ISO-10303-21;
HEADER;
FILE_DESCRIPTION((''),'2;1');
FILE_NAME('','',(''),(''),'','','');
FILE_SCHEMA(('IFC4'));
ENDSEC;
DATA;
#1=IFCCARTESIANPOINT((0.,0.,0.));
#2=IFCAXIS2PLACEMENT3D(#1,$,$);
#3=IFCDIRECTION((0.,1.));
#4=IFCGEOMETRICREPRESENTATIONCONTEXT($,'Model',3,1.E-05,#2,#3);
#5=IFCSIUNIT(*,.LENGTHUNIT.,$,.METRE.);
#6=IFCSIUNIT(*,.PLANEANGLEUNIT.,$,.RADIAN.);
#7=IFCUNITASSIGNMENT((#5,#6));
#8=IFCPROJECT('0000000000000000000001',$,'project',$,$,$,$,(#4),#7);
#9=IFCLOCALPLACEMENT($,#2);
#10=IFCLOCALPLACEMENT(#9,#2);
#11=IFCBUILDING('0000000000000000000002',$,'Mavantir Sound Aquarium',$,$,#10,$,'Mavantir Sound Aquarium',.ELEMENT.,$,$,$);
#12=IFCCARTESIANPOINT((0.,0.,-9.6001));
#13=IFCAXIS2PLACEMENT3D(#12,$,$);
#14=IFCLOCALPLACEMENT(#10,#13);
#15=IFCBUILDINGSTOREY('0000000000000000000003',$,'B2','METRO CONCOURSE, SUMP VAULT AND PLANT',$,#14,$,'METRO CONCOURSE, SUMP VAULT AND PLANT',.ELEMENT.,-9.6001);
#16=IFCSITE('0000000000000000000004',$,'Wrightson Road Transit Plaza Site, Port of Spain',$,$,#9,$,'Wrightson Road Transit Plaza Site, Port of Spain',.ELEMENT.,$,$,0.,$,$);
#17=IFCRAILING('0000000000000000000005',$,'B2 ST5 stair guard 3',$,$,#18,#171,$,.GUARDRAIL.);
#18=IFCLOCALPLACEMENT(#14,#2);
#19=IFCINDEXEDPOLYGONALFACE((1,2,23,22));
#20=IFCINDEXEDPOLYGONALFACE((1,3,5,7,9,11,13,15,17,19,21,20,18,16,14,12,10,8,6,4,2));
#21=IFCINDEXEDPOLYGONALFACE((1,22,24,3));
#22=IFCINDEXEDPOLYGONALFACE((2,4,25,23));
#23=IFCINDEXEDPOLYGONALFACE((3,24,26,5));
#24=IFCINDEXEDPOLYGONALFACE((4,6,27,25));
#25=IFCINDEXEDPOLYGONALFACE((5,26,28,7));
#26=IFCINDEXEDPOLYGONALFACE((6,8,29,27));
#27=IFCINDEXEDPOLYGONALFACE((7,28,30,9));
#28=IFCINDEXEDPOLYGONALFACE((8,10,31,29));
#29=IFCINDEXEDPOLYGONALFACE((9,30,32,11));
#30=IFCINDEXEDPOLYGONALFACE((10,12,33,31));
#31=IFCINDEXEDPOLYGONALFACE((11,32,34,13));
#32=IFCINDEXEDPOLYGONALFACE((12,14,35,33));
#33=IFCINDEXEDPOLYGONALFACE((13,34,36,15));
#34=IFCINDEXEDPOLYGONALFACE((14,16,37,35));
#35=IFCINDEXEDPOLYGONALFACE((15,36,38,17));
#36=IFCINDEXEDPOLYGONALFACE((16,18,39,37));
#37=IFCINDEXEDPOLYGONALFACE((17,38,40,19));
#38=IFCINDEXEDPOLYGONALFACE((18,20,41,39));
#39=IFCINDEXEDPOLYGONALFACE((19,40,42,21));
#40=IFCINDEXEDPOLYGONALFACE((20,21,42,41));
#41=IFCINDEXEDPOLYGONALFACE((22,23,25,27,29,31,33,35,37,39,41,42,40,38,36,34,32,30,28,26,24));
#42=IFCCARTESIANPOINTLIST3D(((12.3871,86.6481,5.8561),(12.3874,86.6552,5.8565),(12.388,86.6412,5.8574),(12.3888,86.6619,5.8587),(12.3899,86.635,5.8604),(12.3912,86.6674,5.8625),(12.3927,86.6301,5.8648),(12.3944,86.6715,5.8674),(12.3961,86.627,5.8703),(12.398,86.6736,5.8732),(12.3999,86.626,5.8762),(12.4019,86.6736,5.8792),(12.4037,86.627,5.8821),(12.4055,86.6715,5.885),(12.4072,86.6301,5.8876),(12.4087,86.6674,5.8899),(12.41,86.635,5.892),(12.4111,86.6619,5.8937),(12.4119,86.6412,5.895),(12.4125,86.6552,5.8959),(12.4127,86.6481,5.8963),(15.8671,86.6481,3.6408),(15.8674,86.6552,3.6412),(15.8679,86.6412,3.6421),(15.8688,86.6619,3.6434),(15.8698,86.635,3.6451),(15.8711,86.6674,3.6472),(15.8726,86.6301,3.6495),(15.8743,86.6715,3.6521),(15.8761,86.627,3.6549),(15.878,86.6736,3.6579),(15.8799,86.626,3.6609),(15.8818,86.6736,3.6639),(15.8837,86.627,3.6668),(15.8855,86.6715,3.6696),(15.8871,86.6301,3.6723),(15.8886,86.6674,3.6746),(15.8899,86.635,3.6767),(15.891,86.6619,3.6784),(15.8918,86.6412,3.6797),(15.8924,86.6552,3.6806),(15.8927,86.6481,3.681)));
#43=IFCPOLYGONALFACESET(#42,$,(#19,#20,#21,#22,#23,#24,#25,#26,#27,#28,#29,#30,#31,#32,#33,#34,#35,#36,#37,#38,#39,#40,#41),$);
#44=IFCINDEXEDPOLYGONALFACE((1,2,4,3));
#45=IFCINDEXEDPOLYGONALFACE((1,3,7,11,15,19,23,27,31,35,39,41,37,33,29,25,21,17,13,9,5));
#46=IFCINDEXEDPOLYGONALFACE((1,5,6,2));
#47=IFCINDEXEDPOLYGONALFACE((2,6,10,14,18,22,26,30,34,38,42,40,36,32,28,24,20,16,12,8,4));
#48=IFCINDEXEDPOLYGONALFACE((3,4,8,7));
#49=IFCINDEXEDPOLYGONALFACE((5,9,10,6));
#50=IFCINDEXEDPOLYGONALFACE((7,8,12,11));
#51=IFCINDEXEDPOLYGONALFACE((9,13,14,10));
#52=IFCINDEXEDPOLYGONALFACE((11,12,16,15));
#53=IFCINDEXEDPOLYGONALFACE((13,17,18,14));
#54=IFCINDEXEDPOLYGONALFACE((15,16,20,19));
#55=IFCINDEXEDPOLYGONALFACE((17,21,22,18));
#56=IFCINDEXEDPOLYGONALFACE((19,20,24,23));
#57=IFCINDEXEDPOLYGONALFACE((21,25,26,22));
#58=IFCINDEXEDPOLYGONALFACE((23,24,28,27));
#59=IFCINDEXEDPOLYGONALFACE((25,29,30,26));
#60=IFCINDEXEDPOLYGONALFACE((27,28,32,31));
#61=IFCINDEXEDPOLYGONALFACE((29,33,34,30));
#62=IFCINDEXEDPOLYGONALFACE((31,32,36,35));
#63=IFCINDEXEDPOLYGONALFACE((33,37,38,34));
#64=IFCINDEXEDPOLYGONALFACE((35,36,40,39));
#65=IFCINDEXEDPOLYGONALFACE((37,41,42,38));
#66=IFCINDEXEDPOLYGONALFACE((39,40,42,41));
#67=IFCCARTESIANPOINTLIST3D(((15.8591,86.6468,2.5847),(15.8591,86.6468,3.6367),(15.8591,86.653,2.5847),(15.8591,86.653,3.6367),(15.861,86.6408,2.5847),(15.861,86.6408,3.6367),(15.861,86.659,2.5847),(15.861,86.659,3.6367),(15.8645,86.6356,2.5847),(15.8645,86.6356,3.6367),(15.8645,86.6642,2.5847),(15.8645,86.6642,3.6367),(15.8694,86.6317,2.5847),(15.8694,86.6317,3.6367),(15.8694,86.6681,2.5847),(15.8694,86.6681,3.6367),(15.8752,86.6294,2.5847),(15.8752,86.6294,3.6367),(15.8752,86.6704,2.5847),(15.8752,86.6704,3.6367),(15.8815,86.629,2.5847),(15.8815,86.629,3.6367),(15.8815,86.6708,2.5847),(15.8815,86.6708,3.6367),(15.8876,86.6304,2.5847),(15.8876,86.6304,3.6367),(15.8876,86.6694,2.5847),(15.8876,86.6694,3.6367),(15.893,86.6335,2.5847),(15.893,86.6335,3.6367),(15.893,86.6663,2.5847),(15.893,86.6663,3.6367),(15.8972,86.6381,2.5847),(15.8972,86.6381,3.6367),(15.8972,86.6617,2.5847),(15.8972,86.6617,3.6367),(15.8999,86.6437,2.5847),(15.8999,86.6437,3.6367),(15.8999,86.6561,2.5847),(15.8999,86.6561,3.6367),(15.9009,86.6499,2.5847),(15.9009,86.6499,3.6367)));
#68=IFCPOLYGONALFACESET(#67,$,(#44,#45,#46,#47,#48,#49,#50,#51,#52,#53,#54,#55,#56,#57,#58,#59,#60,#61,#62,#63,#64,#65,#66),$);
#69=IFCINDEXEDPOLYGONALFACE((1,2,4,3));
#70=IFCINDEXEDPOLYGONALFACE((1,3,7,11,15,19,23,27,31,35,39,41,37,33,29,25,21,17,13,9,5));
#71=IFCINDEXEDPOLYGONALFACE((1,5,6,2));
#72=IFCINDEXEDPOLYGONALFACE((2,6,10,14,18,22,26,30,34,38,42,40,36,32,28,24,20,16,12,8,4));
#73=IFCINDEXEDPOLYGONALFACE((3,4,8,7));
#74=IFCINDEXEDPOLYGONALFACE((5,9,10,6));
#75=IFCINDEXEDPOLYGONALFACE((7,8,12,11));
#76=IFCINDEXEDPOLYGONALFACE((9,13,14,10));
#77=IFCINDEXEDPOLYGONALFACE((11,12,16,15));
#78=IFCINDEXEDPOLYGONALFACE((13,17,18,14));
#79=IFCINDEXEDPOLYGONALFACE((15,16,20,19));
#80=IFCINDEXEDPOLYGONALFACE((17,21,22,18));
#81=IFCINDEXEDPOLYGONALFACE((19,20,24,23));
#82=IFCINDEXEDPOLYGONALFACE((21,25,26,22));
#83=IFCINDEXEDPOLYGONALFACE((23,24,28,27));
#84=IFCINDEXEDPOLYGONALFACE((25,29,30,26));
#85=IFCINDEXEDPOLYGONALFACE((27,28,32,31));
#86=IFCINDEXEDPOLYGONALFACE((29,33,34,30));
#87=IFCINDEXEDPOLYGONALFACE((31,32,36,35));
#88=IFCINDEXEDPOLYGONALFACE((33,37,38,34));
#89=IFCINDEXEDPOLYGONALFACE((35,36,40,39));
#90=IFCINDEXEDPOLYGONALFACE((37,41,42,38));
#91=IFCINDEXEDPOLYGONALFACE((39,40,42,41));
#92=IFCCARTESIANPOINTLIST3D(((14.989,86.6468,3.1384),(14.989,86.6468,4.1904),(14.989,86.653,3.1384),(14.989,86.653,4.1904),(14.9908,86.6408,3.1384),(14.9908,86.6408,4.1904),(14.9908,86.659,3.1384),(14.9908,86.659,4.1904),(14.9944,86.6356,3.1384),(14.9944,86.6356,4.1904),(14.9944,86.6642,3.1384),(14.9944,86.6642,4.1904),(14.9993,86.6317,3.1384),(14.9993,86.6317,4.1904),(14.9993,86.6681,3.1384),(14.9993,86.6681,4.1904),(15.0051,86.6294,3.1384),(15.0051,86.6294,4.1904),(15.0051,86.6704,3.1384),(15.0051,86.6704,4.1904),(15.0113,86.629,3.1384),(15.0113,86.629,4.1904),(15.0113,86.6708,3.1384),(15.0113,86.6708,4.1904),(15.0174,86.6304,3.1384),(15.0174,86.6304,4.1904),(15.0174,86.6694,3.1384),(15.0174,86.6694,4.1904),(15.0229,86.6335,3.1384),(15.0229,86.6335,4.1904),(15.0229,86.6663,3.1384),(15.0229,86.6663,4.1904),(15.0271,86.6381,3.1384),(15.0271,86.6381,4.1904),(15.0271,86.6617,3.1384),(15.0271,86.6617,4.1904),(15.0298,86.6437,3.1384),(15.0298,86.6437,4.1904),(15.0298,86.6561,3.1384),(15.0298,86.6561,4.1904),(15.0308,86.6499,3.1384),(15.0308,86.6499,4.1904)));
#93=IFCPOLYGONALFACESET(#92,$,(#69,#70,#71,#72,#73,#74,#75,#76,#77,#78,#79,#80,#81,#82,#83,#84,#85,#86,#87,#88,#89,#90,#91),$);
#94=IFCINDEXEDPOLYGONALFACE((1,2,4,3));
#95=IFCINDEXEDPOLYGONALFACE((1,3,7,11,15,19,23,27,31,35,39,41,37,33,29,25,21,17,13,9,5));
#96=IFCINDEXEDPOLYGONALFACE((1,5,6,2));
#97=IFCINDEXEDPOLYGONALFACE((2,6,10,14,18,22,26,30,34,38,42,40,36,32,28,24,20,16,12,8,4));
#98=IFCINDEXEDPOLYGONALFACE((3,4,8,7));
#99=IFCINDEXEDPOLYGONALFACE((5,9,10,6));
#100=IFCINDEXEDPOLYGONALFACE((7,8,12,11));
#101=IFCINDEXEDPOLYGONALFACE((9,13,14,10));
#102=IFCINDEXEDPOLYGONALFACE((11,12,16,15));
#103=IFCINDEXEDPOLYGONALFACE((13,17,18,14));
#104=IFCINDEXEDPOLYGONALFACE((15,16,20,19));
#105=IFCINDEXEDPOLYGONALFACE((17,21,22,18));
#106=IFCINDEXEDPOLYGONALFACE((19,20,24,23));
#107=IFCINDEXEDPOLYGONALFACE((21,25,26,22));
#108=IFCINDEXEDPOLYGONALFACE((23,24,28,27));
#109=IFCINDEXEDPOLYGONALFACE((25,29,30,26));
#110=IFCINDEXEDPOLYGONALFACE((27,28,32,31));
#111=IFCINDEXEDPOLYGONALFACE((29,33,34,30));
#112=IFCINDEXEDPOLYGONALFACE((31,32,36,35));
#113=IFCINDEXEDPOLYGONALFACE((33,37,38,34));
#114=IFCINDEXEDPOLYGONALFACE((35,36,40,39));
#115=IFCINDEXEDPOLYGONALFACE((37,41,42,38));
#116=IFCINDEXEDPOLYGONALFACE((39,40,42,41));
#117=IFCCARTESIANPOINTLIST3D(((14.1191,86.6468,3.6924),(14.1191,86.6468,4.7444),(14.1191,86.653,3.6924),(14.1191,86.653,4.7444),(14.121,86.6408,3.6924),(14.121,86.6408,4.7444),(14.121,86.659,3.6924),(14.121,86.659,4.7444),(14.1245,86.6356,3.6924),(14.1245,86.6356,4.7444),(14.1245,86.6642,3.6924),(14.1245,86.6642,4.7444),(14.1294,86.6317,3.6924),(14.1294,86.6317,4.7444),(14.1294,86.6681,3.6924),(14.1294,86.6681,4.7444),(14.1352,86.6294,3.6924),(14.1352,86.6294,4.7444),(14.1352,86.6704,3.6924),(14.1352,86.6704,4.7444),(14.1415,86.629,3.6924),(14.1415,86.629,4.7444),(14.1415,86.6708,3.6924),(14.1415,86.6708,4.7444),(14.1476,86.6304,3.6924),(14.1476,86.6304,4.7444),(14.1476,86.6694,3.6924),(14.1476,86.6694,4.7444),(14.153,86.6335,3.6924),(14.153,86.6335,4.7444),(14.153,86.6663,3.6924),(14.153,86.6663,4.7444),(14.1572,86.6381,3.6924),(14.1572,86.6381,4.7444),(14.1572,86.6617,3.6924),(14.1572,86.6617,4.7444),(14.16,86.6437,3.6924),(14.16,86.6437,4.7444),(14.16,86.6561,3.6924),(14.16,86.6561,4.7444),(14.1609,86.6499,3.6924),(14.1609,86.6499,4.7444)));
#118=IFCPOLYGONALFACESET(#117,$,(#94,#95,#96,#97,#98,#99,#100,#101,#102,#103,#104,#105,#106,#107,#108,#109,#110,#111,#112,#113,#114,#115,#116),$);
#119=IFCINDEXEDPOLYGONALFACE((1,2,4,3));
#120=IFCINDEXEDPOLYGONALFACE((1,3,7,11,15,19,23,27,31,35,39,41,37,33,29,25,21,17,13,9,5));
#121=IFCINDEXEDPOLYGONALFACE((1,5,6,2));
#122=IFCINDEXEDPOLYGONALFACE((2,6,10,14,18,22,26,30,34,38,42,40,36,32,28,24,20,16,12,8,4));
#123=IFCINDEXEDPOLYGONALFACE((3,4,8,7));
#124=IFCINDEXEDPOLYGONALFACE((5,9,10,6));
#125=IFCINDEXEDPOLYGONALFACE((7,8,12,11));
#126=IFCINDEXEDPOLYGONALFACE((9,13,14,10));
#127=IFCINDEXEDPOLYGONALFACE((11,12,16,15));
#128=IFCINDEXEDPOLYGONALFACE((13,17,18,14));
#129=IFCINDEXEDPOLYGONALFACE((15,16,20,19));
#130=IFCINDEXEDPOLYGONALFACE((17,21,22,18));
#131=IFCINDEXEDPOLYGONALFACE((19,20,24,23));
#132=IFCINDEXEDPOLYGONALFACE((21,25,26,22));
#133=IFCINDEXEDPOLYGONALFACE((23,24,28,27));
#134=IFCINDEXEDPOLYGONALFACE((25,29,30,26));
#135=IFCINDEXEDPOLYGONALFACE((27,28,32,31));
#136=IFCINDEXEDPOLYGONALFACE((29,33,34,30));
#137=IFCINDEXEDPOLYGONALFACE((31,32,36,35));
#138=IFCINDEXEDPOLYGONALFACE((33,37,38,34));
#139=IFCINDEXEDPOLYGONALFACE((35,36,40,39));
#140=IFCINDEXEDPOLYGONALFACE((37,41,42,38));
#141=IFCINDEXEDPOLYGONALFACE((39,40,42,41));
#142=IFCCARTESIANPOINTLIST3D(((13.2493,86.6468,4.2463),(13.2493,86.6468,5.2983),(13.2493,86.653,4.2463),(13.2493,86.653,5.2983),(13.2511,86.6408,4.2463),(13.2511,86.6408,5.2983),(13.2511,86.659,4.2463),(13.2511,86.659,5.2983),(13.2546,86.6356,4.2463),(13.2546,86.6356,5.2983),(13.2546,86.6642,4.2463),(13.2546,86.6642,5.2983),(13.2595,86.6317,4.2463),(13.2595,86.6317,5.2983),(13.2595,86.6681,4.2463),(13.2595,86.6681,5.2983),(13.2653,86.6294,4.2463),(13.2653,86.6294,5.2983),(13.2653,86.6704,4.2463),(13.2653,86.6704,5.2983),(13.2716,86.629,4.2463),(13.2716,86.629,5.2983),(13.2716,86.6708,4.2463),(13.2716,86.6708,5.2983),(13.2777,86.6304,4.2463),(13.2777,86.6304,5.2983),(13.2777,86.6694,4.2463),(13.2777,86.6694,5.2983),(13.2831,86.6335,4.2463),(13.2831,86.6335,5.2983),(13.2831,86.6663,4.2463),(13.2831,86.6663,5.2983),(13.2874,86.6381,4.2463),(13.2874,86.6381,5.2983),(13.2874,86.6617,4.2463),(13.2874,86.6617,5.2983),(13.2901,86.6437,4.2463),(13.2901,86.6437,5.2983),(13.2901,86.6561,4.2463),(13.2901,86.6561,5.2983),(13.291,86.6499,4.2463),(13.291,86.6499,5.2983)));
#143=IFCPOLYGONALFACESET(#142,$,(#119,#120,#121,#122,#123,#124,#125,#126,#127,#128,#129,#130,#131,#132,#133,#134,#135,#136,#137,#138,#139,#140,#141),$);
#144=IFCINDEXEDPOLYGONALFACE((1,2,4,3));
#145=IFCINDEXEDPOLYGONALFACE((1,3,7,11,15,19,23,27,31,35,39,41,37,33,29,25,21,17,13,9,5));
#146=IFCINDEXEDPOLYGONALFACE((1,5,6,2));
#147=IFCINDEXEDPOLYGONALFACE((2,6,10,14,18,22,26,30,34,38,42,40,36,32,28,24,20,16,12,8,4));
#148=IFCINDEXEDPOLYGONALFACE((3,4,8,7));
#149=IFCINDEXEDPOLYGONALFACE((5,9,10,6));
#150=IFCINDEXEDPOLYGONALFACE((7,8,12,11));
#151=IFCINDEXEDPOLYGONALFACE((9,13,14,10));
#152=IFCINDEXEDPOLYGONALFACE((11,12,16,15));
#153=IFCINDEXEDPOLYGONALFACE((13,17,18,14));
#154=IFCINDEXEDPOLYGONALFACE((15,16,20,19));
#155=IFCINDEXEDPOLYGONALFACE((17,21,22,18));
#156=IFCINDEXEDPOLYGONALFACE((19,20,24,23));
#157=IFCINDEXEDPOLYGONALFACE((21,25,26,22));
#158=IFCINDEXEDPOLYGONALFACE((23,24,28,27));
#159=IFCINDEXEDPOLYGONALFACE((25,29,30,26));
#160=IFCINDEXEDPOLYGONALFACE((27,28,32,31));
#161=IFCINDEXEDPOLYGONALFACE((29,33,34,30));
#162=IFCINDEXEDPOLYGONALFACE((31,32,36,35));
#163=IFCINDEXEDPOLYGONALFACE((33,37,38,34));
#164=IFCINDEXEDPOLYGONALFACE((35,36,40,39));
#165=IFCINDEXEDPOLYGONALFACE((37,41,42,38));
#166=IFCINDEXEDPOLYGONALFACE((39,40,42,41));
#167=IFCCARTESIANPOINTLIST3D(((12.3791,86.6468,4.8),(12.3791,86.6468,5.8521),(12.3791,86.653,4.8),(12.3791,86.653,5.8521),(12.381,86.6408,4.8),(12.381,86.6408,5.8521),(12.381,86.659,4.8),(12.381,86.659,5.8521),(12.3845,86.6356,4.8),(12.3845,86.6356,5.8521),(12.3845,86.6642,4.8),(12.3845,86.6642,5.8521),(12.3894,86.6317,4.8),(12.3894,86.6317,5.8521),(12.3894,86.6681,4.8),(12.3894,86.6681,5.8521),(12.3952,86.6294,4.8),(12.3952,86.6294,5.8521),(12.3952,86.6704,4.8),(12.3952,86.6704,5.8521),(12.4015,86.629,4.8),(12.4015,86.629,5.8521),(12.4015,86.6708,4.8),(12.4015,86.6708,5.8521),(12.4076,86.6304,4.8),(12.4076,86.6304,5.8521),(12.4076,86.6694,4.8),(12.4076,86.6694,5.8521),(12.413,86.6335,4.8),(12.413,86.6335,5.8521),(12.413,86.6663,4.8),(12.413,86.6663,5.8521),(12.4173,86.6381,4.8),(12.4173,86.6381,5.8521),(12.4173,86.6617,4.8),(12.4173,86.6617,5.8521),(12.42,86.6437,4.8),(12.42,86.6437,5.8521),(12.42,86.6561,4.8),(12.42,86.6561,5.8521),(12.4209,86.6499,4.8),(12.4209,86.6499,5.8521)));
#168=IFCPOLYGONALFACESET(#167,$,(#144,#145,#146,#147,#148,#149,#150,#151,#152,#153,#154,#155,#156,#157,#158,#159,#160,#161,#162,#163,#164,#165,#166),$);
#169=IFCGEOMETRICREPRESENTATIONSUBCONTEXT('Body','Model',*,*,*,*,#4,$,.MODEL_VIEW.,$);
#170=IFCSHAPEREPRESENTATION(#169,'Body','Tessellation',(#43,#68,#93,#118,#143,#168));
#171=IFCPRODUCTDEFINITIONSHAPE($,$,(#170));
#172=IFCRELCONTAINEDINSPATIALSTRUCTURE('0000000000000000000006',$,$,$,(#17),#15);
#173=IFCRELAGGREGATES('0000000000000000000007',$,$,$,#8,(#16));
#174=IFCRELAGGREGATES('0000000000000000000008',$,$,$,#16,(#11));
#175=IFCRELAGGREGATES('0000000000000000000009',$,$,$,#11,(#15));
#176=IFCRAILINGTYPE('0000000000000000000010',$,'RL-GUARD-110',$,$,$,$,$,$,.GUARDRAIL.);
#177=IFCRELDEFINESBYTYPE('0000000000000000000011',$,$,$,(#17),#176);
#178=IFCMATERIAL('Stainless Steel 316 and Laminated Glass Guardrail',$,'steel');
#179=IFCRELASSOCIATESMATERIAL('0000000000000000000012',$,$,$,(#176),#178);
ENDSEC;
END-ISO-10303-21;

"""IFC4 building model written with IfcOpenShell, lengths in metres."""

from ifc_helpers import new_model, si_unit, direction, frame, origin, origin_2d, place, context, subcontext, project, spatial, circle, extrude, material, type_object, element, save


model = new_model("IFC4")

# Units and contexts
model_context = context("Model", 3, precision=1e-05, world=origin(), true_north=direction((0.0, 1.0)))
body_context = subcontext(model_context, "Body", "Model", "MODEL_VIEW")
ifc_project = project(units=[si_unit("LENGTHUNIT", "METRE"), si_unit("PLANEANGLEUNIT", "RADIAN")], contexts=[model_context])

# Site, building, storey
site_placement = place(None, origin())
site = spatial("IfcSite", under=ifc_project, at=site_placement, Name="Wrightson Road Transit Plaza Site, Port of Spain", LongName="Wrightson Road Transit Plaza Site, Port of Spain", CompositionType="ELEMENT", RefElevation=0.0)
building_placement = place(site_placement, origin())
building = spatial("IfcBuilding", under=site, at=building_placement, Name="Mavantir Sound Aquarium", LongName="Mavantir Sound Aquarium", CompositionType="ELEMENT")
storey_placement = place(building_placement, frame((0.0, 0.0, -9.6001)))
storey = spatial("IfcBuildingStorey", under=building, at=storey_placement, Name="B2", Description="METRO CONCOURSE, SUMP VAULT AND PLANT", LongName="METRO CONCOURSE, SUMP VAULT AND PLANT", CompositionType="ELEMENT", Elevation=-9.6001)

# Railing
ifc_material_1 = material(Name="Stainless Steel 316 and Laminated Glass Guardrail", Category="steel")
railing_type_1 = type_object("IfcRailingType", Name="RL-GUARD-110", PredefinedType="GUARDRAIL", material=ifc_material_1)
railing_1_placement = place(storey_placement, frame((15.8799, 86.6499, 2.5847)))
element("IfcRailing", 1, at=railing_1_placement, inside=storey, type_object=railing_type_1, Name="B2 ST5 stair guard 3", PredefinedType="GUARDRAIL", context=body_context, shape_type="SweptSolid", body=[
    extrude(circle(Radius=0.0239, at=origin_2d()), frame((0.0, 0.0, 1.0762), z_axis=(-0.843574, 0.0, 0.537013), x_axis=(0.0, -1.0, 0.0)), (0.0, 0.0, 1.0), 4.1252),
    extrude(circle(Radius=0.021, at=origin_2d()), origin(), (0.0, 0.0, 1.0), 1.052),
    extrude(circle(Radius=0.021, at=origin_2d()), frame((-0.8701, 0.0, 0.5537)), (0.0, 0.0, 1.0), 1.052),
    extrude(circle(Radius=0.021, at=origin_2d()), frame((-1.74, 0.0, 1.1077)), (0.0, 0.0, 1.0), 1.052),
    extrude(circle(Radius=0.021, at=origin_2d()), frame((-2.6099, 0.0, 1.6616)), (0.0, 0.0, 1.0), 1.052),
    extrude(circle(Radius=0.021, at=origin_2d()), frame((-3.48, 0.0, 2.2153)), (0.0, 0.0, 1.0), 1.052),
])

save(model, "model.ifc")
